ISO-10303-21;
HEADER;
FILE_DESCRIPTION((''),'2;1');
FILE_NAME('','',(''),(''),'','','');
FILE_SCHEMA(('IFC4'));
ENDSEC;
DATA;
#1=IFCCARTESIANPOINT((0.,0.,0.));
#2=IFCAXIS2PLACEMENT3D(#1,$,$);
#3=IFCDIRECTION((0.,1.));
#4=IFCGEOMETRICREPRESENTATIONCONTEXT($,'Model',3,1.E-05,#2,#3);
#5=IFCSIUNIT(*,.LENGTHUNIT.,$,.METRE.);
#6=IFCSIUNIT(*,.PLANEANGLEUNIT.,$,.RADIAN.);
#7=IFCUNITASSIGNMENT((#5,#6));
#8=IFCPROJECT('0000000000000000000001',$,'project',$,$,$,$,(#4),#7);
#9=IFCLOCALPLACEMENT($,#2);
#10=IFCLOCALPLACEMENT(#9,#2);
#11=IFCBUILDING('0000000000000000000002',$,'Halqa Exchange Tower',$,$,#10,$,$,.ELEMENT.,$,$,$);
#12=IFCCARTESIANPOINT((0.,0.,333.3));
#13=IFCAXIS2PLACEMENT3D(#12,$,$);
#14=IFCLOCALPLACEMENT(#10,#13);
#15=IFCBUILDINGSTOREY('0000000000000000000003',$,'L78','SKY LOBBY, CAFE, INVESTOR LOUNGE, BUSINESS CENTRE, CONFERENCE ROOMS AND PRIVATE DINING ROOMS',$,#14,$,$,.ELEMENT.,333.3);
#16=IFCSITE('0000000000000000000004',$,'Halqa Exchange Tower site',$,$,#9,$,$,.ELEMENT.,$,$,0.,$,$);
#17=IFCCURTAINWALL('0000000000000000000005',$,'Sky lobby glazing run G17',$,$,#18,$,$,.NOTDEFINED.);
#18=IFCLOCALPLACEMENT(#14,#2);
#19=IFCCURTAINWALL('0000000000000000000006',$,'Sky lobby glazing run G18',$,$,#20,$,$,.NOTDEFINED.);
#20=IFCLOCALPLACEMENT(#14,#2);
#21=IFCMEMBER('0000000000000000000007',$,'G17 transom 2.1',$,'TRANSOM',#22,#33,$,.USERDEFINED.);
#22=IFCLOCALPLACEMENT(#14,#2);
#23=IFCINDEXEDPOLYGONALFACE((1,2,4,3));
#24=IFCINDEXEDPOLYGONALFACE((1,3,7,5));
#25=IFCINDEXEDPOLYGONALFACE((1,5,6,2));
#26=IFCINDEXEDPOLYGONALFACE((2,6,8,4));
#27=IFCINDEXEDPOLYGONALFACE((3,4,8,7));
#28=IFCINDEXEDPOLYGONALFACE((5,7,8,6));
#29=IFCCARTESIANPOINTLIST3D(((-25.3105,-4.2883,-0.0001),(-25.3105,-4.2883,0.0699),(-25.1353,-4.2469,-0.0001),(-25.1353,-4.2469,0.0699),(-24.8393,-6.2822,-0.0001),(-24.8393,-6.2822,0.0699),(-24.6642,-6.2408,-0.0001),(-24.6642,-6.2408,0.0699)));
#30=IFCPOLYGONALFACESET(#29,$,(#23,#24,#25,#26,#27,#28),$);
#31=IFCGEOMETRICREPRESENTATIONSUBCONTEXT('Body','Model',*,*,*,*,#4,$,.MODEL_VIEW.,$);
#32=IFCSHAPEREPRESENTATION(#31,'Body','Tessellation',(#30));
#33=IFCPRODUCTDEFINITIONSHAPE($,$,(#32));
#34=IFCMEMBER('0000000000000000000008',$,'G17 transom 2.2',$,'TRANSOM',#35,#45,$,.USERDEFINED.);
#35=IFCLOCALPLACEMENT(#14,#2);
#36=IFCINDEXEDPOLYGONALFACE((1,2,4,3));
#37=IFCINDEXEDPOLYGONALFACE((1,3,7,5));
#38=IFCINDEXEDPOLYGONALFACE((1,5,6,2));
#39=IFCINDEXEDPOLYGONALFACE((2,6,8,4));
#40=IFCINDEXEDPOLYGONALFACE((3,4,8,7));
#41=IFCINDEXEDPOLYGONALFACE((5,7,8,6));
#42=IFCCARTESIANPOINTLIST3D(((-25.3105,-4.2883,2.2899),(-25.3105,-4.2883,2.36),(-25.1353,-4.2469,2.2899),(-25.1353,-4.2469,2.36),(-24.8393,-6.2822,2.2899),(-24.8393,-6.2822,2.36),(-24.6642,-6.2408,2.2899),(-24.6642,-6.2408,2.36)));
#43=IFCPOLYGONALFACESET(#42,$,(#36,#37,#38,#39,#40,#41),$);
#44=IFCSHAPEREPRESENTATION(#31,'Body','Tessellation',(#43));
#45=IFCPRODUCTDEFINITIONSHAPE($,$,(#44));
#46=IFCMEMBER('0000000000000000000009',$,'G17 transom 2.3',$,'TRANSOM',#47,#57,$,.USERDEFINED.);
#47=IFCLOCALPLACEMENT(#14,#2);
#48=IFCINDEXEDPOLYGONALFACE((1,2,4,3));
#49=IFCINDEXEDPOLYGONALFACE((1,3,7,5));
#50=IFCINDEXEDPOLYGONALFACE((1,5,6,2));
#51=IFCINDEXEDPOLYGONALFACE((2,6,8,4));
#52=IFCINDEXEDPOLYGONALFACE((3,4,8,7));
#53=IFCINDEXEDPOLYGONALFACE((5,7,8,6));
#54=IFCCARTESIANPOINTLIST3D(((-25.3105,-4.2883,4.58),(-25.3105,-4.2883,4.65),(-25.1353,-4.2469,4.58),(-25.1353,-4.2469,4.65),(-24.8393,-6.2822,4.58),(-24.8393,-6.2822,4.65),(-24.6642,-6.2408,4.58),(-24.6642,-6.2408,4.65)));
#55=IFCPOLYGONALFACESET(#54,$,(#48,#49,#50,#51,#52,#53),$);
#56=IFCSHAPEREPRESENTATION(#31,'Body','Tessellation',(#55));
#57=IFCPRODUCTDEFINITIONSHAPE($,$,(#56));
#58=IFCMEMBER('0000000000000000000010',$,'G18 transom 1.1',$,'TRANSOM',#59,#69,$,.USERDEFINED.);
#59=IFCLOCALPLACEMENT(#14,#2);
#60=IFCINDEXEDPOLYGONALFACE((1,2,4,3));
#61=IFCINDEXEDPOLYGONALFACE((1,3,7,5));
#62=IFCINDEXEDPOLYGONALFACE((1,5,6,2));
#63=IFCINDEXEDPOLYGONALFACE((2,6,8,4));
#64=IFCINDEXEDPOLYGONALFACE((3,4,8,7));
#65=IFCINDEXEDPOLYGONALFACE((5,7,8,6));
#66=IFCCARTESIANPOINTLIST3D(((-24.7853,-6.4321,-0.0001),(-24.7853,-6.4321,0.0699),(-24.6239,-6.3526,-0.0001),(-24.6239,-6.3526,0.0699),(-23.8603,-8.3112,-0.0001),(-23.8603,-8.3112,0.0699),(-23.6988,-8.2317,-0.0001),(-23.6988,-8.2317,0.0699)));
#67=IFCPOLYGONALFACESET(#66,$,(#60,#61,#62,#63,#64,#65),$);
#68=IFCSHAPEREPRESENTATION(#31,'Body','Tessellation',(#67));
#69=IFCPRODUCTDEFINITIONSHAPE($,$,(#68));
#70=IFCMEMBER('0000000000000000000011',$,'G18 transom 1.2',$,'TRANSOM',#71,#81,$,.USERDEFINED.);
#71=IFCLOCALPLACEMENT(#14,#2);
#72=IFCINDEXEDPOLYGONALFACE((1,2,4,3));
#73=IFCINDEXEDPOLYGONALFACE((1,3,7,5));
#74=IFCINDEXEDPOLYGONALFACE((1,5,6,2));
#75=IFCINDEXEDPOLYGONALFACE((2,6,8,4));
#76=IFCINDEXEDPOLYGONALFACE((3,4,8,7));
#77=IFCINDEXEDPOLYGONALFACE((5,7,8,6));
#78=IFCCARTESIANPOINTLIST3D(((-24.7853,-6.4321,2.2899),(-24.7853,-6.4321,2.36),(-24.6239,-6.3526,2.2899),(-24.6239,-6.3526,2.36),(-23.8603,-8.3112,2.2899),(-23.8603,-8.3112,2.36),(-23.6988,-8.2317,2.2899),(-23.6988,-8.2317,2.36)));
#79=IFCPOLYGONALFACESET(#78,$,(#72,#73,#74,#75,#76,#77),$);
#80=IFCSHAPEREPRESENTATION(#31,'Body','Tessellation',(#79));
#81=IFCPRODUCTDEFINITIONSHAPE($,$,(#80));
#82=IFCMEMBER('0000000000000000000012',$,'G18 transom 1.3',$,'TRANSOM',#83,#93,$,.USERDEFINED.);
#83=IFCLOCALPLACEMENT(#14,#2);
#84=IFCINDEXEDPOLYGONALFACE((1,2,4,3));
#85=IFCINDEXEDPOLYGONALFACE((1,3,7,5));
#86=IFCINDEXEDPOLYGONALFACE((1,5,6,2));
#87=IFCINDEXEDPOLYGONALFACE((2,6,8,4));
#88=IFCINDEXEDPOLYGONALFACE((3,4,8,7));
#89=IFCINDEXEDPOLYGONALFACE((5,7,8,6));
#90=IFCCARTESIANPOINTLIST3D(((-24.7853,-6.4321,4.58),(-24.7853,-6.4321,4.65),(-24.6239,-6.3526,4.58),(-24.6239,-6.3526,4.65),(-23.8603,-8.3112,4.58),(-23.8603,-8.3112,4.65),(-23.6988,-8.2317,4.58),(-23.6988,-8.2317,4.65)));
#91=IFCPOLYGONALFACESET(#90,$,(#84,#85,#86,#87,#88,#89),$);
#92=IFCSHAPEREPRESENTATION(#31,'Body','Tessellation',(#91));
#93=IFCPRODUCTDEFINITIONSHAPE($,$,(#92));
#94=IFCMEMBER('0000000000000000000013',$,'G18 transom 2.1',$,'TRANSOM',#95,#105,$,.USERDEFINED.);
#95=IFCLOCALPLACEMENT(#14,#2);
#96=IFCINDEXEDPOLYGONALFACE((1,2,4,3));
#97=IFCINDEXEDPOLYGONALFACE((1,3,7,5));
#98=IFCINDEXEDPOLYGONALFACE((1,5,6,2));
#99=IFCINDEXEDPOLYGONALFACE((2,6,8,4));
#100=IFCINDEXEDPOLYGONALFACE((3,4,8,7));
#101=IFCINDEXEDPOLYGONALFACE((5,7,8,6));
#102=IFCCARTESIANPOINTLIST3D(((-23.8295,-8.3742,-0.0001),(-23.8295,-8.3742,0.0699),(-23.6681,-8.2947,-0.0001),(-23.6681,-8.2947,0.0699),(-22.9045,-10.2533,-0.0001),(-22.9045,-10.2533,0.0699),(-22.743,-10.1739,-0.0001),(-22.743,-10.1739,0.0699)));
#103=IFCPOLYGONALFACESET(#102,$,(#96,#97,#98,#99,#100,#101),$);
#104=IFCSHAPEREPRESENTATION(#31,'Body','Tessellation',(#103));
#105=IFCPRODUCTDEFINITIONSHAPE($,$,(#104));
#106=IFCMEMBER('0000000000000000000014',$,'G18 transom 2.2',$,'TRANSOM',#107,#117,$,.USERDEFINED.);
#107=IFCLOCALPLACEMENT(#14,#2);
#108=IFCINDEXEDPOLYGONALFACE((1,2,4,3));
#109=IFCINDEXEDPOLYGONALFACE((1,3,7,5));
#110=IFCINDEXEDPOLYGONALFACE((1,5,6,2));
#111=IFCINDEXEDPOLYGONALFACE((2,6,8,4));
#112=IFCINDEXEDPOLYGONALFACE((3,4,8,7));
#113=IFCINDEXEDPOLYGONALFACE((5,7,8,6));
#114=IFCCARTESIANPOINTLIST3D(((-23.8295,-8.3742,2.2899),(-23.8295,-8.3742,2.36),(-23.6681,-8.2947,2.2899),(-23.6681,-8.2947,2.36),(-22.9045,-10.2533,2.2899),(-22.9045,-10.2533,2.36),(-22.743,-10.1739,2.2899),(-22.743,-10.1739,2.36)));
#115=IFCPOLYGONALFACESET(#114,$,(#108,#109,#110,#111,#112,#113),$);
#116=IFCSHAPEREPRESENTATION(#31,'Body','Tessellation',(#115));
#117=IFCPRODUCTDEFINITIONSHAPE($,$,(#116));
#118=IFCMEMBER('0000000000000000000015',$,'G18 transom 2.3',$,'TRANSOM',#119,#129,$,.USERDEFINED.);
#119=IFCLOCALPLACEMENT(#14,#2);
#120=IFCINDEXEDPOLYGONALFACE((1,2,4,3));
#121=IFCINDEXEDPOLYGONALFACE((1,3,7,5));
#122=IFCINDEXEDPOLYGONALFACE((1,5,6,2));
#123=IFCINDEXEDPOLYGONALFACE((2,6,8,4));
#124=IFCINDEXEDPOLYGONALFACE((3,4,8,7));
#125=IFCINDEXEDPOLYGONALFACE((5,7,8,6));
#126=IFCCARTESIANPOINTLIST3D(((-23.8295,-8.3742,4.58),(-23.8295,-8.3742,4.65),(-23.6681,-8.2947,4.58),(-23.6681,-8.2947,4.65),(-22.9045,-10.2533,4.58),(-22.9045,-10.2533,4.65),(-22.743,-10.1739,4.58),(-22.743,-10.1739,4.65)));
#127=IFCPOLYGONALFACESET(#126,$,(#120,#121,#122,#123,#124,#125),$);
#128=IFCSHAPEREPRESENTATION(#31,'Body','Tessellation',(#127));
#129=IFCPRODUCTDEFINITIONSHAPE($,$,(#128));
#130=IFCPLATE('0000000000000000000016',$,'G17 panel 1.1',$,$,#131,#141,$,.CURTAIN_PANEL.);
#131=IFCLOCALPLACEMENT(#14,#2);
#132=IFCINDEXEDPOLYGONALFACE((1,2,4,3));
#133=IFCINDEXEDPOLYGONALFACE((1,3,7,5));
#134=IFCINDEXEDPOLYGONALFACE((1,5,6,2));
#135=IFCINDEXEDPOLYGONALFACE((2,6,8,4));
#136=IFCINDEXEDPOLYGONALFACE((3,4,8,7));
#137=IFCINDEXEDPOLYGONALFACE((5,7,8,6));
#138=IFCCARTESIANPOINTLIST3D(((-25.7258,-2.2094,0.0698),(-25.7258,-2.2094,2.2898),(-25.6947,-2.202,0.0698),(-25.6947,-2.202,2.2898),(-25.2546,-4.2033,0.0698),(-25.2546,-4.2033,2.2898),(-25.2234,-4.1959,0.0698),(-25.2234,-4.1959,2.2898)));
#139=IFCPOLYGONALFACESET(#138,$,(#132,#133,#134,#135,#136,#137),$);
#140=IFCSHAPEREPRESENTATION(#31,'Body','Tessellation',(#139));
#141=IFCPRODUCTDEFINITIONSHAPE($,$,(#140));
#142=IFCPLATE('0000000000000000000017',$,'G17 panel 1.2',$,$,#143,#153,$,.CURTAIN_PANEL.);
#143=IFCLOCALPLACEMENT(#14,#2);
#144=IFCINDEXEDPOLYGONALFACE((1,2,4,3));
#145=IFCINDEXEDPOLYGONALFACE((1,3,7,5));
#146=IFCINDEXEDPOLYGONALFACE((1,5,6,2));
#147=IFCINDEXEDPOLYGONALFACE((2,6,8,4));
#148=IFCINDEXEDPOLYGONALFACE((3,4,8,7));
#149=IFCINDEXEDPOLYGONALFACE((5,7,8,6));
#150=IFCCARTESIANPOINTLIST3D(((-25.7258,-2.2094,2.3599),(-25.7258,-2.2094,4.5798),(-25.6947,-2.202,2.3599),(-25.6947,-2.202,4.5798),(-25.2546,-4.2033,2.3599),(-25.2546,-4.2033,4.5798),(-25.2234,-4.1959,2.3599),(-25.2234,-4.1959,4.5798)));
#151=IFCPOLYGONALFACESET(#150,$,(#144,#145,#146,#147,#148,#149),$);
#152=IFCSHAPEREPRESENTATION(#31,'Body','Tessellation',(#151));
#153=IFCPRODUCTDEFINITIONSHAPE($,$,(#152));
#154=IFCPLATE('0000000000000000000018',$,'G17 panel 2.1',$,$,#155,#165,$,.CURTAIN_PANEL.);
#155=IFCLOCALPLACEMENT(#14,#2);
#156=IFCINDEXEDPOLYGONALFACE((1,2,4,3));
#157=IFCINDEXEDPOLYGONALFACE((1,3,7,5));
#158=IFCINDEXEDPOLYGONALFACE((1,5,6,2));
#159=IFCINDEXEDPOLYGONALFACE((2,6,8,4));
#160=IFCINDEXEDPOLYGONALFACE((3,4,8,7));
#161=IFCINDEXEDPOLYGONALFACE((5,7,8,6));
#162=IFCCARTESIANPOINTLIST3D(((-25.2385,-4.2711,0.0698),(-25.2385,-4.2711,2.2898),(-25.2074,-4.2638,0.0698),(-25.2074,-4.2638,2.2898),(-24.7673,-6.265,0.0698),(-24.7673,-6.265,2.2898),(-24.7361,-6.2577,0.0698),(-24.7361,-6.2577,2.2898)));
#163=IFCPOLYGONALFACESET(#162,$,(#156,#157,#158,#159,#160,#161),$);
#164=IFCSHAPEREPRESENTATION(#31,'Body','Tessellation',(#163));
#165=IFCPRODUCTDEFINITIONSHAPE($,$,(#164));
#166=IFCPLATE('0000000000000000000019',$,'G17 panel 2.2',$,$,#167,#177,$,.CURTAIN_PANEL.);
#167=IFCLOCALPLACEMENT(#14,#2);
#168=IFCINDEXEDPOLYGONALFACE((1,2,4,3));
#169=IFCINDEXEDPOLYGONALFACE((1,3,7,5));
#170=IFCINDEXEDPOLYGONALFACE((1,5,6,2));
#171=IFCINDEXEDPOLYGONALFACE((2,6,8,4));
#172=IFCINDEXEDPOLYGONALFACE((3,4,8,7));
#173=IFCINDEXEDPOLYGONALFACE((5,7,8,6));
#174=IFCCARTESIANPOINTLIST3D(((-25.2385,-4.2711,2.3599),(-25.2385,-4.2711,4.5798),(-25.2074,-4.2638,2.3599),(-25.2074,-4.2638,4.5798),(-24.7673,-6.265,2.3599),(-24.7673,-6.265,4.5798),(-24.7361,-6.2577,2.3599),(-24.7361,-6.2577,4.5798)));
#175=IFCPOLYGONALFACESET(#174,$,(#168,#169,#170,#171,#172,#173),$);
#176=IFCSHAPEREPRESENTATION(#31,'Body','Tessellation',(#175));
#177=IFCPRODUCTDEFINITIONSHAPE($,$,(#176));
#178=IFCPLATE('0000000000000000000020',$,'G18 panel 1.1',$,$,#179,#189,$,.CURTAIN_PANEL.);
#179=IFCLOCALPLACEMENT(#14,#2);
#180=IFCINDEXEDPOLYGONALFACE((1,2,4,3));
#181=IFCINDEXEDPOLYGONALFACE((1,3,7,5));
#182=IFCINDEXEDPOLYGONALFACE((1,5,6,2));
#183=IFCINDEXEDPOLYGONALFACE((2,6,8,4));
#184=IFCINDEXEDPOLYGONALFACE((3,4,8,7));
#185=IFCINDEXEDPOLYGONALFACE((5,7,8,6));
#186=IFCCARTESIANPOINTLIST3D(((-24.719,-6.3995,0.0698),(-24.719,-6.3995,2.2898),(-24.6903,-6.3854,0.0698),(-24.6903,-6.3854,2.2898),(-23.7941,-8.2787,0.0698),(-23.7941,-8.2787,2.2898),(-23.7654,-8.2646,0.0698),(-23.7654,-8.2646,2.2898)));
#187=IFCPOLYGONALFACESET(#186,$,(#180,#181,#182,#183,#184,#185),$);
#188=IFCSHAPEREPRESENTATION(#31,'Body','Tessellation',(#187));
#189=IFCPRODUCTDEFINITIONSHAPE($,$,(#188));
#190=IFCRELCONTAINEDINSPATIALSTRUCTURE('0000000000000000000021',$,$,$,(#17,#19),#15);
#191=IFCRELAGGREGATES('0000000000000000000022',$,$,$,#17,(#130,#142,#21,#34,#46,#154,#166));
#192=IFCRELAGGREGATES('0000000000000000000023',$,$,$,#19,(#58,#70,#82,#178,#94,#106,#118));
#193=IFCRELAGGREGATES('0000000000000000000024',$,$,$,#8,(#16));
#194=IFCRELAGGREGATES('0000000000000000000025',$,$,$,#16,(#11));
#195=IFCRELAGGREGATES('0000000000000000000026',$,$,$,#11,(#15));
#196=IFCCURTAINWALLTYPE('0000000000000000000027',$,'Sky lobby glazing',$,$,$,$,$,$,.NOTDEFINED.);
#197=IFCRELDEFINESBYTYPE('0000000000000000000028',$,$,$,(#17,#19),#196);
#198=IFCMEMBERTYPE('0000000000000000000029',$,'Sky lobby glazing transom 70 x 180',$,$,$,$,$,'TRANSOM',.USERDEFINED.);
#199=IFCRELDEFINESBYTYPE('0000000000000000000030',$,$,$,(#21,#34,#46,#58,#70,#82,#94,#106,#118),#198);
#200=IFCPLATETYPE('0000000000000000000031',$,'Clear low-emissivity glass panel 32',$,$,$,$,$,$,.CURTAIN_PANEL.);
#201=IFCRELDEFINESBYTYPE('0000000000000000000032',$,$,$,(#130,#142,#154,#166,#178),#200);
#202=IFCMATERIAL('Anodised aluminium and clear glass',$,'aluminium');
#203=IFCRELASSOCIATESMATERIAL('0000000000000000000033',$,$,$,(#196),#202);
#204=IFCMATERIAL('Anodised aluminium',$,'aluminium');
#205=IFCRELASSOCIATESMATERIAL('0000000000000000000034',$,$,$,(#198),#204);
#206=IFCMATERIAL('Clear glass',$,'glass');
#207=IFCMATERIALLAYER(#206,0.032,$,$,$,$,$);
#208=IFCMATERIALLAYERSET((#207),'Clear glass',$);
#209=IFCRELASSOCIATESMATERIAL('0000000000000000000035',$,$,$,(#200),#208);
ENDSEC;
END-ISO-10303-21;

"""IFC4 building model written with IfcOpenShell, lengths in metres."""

from ifc_helpers import new_model, si_unit, direction, frame, origin, origin_2d, place, context, subcontext, project, spatial, rectangle, extrude, material, layer, layer_set, material_profile, profile_set, type_object, element, aggregate, save


model = new_model("IFC4")

# Units and contexts
model_context = context("Model", 3, precision=1e-05, world=origin(), true_north=direction((0.0, 1.0)))
body_context = subcontext(model_context, "Body", "Model", "MODEL_VIEW")
ifc_project = project(units=[si_unit("LENGTHUNIT", "METRE"), si_unit("PLANEANGLEUNIT", "RADIAN")], contexts=[model_context])

# Site, building, storey
site_placement = place(None, origin())
site = spatial("IfcSite", under=ifc_project, at=site_placement, Name="Halqa Exchange Tower site", CompositionType="ELEMENT", RefElevation=0.0)
building_placement = place(site_placement, origin())
building = spatial("IfcBuilding", under=site, at=building_placement, Name="Halqa Exchange Tower", CompositionType="ELEMENT")
storey_placement = place(building_placement, frame((0.0, 0.0, 333.3)))
storey = spatial("IfcBuildingStorey", under=building, at=storey_placement, Name="L78", Description="SKY LOBBY, CAFE, INVESTOR LOUNGE, BUSINESS CENTRE, CONFERENCE ROOMS AND PRIVATE DINING ROOMS", CompositionType="ELEMENT", Elevation=333.3)

# Curtain walls
ifc_material_1 = material(Name="Anodised aluminium and clear glass", Category="aluminium")
curtain_wall_type = type_object("IfcCurtainWallType", Name="Sky lobby glazing", PredefinedType="NOTDEFINED", material=ifc_material_1)
curtain_wall_1_placement = place(storey_placement, origin())
curtain_wall_1 = element("IfcCurtainWall", 1, at=curtain_wall_1_placement, inside=storey, type_object=curtain_wall_type, Name="Sky lobby glazing run G17", PredefinedType="NOTDEFINED")
ifc_material_2 = material(Name="Anodised aluminium", Category="aluminium")
curtain_wall_2_placement = place(storey_placement, origin())
curtain_wall_2 = element("IfcCurtainWall", 2, at=curtain_wall_2_placement, inside=storey, type_object=curtain_wall_type, Name="Sky lobby glazing run G18", PredefinedType="NOTDEFINED")

# Members
ifc_material_profile_1 = material_profile(ifc_material_2, rectangle(XDim=0.1799, YDim=0.0701, at=origin_2d()), Name="AL 70x180")
ifc_profile_set_1 = profile_set([ifc_material_profile_1], Name="Anodised aluminium")
member_type_1 = type_object("IfcMemberType", Name="Sky lobby glazing transom 70 x 180", ElementType="TRANSOM", PredefinedType="USERDEFINED", material=ifc_profile_set_1)
member_1_placement = place(storey_placement, frame((-25.2229, -4.2676, 0.0349), z_axis=(0.229982, -0.973195, 0.0), x_axis=(0.973195, 0.229982, 0.0)))
member_1 = element("IfcMember", 3, at=member_1_placement, type_object=member_type_1, Name="G17 transom 2.1", ObjectType="TRANSOM", PredefinedType="USERDEFINED", context=body_context, shape_type="SweptSolid", body=[
    extrude(rectangle(XDim=0.1799, YDim=0.0701, at=origin_2d()), origin(), (0.0, 0.0, 1.0), 2.0488),
])
member_2_placement = place(storey_placement, frame((-25.2229, -4.2676, 2.325), z_axis=(0.229982, -0.973195, 0.0), x_axis=(0.973195, 0.229982, 0.0)))
member_2 = element("IfcMember", 4, at=member_2_placement, type_object=member_type_1, Name="G17 transom 2.2", ObjectType="TRANSOM", PredefinedType="USERDEFINED", context=body_context, shape_type="SweptSolid", body=[
    extrude(rectangle(XDim=0.1799, YDim=0.0701, at=origin_2d()), origin(), (0.0, 0.0, 1.0), 2.0488),
])
member_3_placement = place(storey_placement, frame((-25.2229, -4.2676, 4.615), z_axis=(0.229982, -0.973195, 0.0), x_axis=(0.973195, 0.229982, 0.0)))
member_3 = element("IfcMember", 5, at=member_3_placement, type_object=member_type_1, Name="G17 transom 2.3", ObjectType="TRANSOM", PredefinedType="USERDEFINED", context=body_context, shape_type="SweptSolid", body=[
    extrude(rectangle(XDim=0.1799, YDim=0.0701, at=origin_2d()), origin(), (0.0, 0.0, 1.0), 2.0488),
])
member_4_placement = place(storey_placement, frame((-24.7046, -6.3923, 0.0349), z_axis=(0.441657, -0.897184, 0.0), x_axis=(0.897184, 0.441657, 0.0)))
member_4 = element("IfcMember", 6, at=member_4_placement, type_object=member_type_1, Name="G18 transom 1.1", ObjectType="TRANSOM", PredefinedType="USERDEFINED", context=body_context, shape_type="SweptSolid", body=[
    extrude(rectangle(XDim=0.1799, YDim=0.0701, at=origin_2d()), origin(), (0.0, 0.0, 1.0), 2.0945),
])
member_5_placement = place(storey_placement, frame((-24.7046, -6.3923, 2.325), z_axis=(0.441657, -0.897184, 0.0), x_axis=(0.897184, 0.441657, 0.0)))
member_5 = element("IfcMember", 7, at=member_5_placement, type_object=member_type_1, Name="G18 transom 1.2", ObjectType="TRANSOM", PredefinedType="USERDEFINED", context=body_context, shape_type="SweptSolid", body=[
    extrude(rectangle(XDim=0.1799, YDim=0.0701, at=origin_2d()), origin(), (0.0, 0.0, 1.0), 2.0945),
])
member_6_placement = place(storey_placement, frame((-24.7046, -6.3923, 4.615), z_axis=(0.441657, -0.897184, 0.0), x_axis=(0.897184, 0.441657, 0.0)))
member_6 = element("IfcMember", 8, at=member_6_placement, type_object=member_type_1, Name="G18 transom 1.3", ObjectType="TRANSOM", PredefinedType="USERDEFINED", context=body_context, shape_type="SweptSolid", body=[
    extrude(rectangle(XDim=0.1799, YDim=0.0701, at=origin_2d()), origin(), (0.0, 0.0, 1.0), 2.0945),
])
member_7_placement = place(storey_placement, frame((-23.7488, -8.3345, 0.0349), z_axis=(0.441657, -0.897184, 0.0), x_axis=(0.897184, 0.441657, 0.0)))
member_7 = element("IfcMember", 9, at=member_7_placement, type_object=member_type_1, Name="G18 transom 2.1", ObjectType="TRANSOM", PredefinedType="USERDEFINED", context=body_context, shape_type="SweptSolid", body=[
    extrude(rectangle(XDim=0.1799, YDim=0.0701, at=origin_2d()), origin(), (0.0, 0.0, 1.0), 2.0945),
])
member_8_placement = place(storey_placement, frame((-23.7488, -8.3345, 2.325), z_axis=(0.441657, -0.897184, 0.0), x_axis=(0.897184, 0.441657, 0.0)))
member_8 = element("IfcMember", 10, at=member_8_placement, type_object=member_type_1, Name="G18 transom 2.2", ObjectType="TRANSOM", PredefinedType="USERDEFINED", context=body_context, shape_type="SweptSolid", body=[
    extrude(rectangle(XDim=0.1799, YDim=0.0701, at=origin_2d()), origin(), (0.0, 0.0, 1.0), 2.0945),
])
member_9_placement = place(storey_placement, frame((-23.7488, -8.3345, 4.615), z_axis=(0.441657, -0.897184, 0.0), x_axis=(0.897184, 0.441657, 0.0)))
member_9 = element("IfcMember", 11, at=member_9_placement, type_object=member_type_1, Name="G18 transom 2.3", ObjectType="TRANSOM", PredefinedType="USERDEFINED", context=body_context, shape_type="SweptSolid", body=[
    extrude(rectangle(XDim=0.1799, YDim=0.0701, at=origin_2d()), origin(), (0.0, 0.0, 1.0), 2.0945),
])

# Plates
ifc_material_3 = material(Name="Clear glass", Category="glass")
ifc_layer_1 = layer(ifc_material_3, 0.032)
ifc_layer_set_1 = layer_set([ifc_layer_1], Name="Clear glass")
plate_type = type_object("IfcPlateType", Name="Clear low-emissivity glass panel 32", PredefinedType="CURTAIN_PANEL", material=ifc_layer_set_1)
plate_1_placement = place(storey_placement, frame((-25.4746, -3.2026, 0.0698), z_axis=(0.0, 0.0, 1.0), x_axis=(0.229995, -0.973192, 0.0)))
plate_1 = element("IfcPlate", 12, at=plate_1_placement, type_object=plate_type, Name="G17 panel 1.1", PredefinedType="CURTAIN_PANEL", context=body_context, shape_type="SweptSolid", body=[
    extrude(rectangle(XDim=2.0488, YDim=0.032, at=origin_2d()), origin(), (0.0, 0.0, 1.0), 2.22),
])
plate_2_placement = place(storey_placement, frame((-25.4746, -3.2026, 2.3599), z_axis=(0.0, 0.0, 1.0), x_axis=(0.229995, -0.973192, 0.0)))
plate_2 = element("IfcPlate", 13, at=plate_2_placement, type_object=plate_type, Name="G17 panel 1.2", PredefinedType="CURTAIN_PANEL", context=body_context, shape_type="SweptSolid", body=[
    extrude(rectangle(XDim=2.0488, YDim=0.032, at=origin_2d()), origin(), (0.0, 0.0, 1.0), 2.22),
])
plate_3_placement = place(storey_placement, frame((-24.9873, -5.2644, 0.0698), z_axis=(0.0, 0.0, 1.0), x_axis=(0.229995, -0.973192, 0.0)))
plate_3 = element("IfcPlate", 14, at=plate_3_placement, type_object=plate_type, Name="G17 panel 2.1", PredefinedType="CURTAIN_PANEL", context=body_context, shape_type="SweptSolid", body=[
    extrude(rectangle(XDim=2.0488, YDim=0.032, at=origin_2d()), origin(), (0.0, 0.0, 1.0), 2.22),
])
plate_4_placement = place(storey_placement, frame((-24.9873, -5.2644, 2.3599), z_axis=(0.0, 0.0, 1.0), x_axis=(0.229995, -0.973192, 0.0)))
plate_4 = element("IfcPlate", 15, at=plate_4_placement, type_object=plate_type, Name="G17 panel 2.2", PredefinedType="CURTAIN_PANEL", context=body_context, shape_type="SweptSolid", body=[
    extrude(rectangle(XDim=2.0488, YDim=0.032, at=origin_2d()), origin(), (0.0, 0.0, 1.0), 2.22),
])
aggregate(curtain_wall_1, [plate_1, plate_2, member_1, member_2, member_3, plate_3, plate_4])
plate_5_placement = place(storey_placement, frame((-24.2422, -7.332, 0.0698), z_axis=(0.0, 0.0, 1.0), x_axis=(0.441595, -0.897215, 0.0)))
plate_5 = element("IfcPlate", 16, at=plate_5_placement, type_object=plate_type, Name="G18 panel 1.1", PredefinedType="CURTAIN_PANEL", context=body_context, shape_type="SweptSolid", body=[
    extrude(rectangle(XDim=2.0945, YDim=0.032, at=origin_2d()), origin(), (0.0, 0.0, 1.0), 2.22),
])
aggregate(curtain_wall_2, [member_4, member_5, member_6, plate_5, member_7, member_8, member_9])

save(model, "model.ifc")
